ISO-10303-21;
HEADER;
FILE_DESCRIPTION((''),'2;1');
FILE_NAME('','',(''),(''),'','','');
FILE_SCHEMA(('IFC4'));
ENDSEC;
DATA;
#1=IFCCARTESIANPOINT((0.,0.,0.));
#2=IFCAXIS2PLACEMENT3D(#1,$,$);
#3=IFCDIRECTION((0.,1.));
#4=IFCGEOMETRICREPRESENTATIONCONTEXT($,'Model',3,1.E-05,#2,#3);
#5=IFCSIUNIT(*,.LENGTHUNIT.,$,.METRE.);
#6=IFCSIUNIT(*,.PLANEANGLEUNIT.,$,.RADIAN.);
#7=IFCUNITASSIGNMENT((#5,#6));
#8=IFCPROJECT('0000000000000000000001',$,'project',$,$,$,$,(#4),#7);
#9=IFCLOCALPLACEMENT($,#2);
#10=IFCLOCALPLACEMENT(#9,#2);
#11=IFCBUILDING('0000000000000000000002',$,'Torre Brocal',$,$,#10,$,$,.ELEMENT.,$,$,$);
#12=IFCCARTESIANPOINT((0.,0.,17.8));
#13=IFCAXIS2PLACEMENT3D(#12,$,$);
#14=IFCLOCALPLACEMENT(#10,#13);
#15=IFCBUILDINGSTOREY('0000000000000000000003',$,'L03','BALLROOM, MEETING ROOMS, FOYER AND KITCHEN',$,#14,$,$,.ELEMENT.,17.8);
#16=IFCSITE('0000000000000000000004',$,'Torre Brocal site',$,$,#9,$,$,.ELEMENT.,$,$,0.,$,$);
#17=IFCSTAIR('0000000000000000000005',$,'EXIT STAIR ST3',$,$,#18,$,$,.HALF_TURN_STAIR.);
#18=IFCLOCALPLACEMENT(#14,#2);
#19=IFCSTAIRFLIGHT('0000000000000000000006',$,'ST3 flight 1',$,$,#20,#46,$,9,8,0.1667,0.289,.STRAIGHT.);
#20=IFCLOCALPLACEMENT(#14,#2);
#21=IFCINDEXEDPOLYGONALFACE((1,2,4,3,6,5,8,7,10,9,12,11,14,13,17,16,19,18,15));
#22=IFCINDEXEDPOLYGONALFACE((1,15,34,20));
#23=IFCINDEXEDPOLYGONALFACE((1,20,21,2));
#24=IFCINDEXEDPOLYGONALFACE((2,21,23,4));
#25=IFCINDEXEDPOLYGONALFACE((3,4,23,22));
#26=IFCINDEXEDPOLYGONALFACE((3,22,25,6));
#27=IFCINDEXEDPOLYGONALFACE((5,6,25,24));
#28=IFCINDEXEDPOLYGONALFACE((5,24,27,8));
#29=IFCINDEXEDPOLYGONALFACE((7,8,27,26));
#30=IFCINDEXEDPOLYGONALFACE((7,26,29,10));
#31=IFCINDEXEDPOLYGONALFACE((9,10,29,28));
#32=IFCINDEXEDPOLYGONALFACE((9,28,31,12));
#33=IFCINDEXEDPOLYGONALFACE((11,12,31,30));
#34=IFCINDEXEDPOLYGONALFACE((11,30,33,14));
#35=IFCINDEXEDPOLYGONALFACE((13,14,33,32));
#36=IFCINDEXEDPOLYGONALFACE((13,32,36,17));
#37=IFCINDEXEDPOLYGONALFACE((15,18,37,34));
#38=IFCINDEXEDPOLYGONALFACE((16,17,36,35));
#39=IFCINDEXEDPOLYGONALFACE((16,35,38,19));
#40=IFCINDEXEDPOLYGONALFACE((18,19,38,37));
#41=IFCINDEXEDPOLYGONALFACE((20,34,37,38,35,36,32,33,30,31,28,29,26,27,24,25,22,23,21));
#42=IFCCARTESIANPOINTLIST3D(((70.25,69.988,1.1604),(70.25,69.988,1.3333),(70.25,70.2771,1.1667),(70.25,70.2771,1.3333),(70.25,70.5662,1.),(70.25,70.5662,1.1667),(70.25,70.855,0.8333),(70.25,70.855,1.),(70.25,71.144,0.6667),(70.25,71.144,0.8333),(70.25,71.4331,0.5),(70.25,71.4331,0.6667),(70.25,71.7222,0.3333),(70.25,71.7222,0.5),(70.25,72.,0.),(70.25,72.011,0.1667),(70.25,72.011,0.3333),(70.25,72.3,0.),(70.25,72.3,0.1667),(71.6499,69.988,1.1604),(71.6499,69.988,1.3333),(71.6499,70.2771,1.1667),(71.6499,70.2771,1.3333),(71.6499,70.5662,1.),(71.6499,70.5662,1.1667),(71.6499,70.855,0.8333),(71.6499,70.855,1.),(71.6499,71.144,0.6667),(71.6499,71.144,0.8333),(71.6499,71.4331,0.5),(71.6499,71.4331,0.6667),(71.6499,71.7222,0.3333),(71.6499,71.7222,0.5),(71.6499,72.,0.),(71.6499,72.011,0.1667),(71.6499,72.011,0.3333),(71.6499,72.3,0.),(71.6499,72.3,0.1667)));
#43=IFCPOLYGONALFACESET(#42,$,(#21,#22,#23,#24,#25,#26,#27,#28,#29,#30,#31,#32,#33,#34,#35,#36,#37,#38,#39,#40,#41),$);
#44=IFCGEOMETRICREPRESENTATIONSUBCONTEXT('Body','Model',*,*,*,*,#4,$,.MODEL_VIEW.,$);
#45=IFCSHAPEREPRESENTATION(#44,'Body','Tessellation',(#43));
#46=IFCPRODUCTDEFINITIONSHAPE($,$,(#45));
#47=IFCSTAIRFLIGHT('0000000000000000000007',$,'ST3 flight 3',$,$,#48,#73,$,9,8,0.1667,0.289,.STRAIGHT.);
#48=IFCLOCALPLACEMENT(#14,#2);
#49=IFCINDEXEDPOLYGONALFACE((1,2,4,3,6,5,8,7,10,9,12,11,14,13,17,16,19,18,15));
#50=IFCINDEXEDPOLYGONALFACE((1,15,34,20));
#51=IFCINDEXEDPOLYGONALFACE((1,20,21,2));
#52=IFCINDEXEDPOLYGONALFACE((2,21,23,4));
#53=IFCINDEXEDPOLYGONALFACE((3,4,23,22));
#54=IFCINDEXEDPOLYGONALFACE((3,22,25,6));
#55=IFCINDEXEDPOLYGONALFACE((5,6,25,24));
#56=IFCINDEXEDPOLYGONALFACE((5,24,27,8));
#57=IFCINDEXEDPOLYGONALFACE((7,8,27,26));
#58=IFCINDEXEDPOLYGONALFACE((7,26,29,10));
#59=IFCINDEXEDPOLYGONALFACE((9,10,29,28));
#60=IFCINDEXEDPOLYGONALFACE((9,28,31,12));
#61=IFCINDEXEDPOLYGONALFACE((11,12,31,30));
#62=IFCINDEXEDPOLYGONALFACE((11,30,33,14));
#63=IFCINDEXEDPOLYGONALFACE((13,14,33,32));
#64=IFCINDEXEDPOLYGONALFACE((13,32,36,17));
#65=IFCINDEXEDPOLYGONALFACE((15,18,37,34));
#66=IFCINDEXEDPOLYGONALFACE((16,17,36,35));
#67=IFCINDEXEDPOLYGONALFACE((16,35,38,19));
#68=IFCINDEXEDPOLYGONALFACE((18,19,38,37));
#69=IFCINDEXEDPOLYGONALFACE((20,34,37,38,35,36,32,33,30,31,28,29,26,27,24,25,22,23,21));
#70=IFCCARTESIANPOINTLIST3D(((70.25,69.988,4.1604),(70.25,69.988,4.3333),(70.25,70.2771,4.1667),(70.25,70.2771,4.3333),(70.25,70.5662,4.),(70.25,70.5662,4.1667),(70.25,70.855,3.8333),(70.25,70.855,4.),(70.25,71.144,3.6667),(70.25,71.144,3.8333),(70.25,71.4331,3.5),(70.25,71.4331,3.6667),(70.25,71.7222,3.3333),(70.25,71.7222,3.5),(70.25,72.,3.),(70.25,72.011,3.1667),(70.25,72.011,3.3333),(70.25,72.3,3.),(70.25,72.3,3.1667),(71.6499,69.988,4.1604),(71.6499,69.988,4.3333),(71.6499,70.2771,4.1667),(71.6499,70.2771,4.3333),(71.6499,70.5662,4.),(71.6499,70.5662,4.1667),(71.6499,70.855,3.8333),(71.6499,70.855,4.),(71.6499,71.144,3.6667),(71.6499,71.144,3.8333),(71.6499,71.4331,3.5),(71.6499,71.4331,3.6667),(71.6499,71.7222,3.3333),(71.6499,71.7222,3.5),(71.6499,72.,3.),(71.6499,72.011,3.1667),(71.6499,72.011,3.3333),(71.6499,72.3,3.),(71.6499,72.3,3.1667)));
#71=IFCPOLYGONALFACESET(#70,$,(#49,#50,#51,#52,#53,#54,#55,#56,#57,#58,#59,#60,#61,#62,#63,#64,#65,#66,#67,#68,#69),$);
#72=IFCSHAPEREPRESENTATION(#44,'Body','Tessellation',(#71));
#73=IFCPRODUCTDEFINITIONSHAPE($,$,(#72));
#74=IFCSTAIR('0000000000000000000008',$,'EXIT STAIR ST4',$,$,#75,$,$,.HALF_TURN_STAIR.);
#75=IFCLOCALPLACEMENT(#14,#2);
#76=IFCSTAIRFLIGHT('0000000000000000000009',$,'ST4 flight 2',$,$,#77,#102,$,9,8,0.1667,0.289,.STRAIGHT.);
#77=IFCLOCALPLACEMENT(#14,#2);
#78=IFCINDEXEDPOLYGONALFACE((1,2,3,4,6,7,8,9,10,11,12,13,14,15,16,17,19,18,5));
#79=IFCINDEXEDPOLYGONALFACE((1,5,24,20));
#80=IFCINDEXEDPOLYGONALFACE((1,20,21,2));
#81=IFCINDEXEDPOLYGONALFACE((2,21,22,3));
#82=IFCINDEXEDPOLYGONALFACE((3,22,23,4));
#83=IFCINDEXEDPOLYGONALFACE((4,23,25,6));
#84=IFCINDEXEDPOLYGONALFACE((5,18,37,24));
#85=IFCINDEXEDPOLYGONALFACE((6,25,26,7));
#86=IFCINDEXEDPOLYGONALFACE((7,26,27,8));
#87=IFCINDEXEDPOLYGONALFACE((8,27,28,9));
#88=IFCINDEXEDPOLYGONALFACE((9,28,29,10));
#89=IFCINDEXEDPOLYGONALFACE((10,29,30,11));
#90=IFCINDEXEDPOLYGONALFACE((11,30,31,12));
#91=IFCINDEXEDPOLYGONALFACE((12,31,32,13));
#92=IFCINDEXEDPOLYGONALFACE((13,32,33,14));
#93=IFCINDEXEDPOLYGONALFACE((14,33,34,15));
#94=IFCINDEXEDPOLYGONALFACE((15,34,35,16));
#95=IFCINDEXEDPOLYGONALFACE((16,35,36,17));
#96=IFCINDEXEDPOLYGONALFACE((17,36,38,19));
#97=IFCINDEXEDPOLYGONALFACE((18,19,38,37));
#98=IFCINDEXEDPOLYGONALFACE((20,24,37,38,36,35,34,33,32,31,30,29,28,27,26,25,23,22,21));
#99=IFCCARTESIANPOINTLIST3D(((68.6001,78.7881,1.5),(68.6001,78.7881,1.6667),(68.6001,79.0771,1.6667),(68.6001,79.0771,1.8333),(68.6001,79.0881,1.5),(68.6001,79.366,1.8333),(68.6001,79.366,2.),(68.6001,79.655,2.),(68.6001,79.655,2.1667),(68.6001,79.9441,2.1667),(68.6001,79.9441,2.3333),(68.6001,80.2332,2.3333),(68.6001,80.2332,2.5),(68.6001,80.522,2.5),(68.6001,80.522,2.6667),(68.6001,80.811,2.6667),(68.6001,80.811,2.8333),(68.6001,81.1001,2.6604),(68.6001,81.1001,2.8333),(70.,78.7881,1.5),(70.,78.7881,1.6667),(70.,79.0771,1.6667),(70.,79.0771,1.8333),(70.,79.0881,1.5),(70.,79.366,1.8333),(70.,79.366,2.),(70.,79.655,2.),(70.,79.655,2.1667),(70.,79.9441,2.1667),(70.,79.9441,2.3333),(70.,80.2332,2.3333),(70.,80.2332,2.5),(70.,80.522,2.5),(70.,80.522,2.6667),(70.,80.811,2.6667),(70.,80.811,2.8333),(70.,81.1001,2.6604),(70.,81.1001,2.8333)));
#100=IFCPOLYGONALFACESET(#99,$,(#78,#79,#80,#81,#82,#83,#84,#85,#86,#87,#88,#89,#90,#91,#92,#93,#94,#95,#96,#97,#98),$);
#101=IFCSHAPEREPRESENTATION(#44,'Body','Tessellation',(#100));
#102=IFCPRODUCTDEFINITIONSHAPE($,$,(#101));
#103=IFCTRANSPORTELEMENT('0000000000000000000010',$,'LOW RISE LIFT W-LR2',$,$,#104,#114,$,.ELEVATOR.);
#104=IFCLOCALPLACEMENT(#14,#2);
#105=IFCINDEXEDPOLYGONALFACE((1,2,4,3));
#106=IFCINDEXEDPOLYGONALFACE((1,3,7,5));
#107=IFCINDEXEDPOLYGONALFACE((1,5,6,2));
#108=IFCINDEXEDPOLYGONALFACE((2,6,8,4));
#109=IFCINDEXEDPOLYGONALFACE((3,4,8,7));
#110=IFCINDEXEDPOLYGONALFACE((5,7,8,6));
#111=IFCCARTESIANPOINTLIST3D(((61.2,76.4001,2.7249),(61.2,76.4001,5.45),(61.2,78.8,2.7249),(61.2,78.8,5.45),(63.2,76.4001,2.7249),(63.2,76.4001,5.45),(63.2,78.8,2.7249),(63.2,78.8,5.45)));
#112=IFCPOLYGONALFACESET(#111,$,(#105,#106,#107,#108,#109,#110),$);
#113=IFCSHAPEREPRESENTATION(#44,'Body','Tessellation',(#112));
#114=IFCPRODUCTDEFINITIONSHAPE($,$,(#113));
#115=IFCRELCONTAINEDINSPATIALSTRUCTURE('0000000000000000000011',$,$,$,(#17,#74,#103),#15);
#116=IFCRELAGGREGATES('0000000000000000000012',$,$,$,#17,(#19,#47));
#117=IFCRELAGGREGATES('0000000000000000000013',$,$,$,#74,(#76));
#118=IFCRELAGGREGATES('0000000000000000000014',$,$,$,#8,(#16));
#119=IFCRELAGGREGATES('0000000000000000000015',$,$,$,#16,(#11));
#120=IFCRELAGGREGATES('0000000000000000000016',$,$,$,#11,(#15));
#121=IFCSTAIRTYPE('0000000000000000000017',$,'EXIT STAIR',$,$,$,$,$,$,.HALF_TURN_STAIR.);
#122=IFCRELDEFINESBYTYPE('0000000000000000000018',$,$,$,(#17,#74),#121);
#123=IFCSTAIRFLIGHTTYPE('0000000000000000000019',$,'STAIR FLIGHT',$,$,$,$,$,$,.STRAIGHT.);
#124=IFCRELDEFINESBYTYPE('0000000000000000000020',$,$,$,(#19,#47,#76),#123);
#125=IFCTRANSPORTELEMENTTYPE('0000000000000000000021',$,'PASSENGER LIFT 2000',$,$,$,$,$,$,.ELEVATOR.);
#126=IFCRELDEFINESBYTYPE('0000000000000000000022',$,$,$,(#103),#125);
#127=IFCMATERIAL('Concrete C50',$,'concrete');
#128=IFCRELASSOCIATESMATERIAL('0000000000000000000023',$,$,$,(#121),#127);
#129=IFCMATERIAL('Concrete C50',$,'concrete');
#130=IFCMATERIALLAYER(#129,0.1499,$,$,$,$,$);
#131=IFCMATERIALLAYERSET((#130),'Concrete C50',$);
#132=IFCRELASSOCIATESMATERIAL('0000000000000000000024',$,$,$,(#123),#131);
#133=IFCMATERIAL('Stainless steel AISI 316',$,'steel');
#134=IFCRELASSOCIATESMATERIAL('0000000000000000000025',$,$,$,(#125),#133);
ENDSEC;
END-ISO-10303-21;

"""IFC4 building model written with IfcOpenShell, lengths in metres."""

from ifc_helpers import new_model, si_unit, direction, frame, origin, origin_2d, place, context, subcontext, project, spatial, polyline, rectangle, outline, extrude, material, layer, layer_set, type_object, element, aggregate, save


model = new_model("IFC4")

# Units and contexts
model_context = context("Model", 3, precision=1e-05, world=origin(), true_north=direction((0.0, 1.0)))
body_context = subcontext(model_context, "Body", "Model", "MODEL_VIEW")
ifc_project = project(units=[si_unit("LENGTHUNIT", "METRE"), si_unit("PLANEANGLEUNIT", "RADIAN")], contexts=[model_context])

# Site, building, storey
site_placement = place(None, origin())
site = spatial("IfcSite", under=ifc_project, at=site_placement, Name="Torre Brocal site", CompositionType="ELEMENT", RefElevation=0.0)
building_placement = place(site_placement, origin())
building = spatial("IfcBuilding", under=site, at=building_placement, Name="Torre Brocal", CompositionType="ELEMENT")
storey_placement = place(building_placement, frame((0.0, 0.0, 17.8)))
storey = spatial("IfcBuildingStorey", under=building, at=storey_placement, Name="L03", Description="BALLROOM, MEETING ROOMS, FOYER AND KITCHEN", CompositionType="ELEMENT", Elevation=17.8)

# Stair, stair flights
ifc_material_1 = material(Name="Concrete C50", Category="concrete")
stair_type = type_object("IfcStairType", Name="EXIT STAIR", PredefinedType="HALF_TURN_STAIR", material=ifc_material_1)
stair_1_placement = place(storey_placement, origin())
stair_1 = element("IfcStair", 1, at=stair_1_placement, inside=storey, type_object=stair_type, Name="EXIT STAIR ST3", PredefinedType="HALF_TURN_STAIR")
ifc_material_2 = material(Name="Concrete C50", Category="concrete")
ifc_layer_1 = layer(ifc_material_2, 0.1499)
ifc_layer_set_1 = layer_set([ifc_layer_1], Name="Concrete C50")
stair_flight_type = type_object("IfcStairFlightType", Name="STAIR FLIGHT", PredefinedType="STRAIGHT", material=ifc_layer_set_1)
stair_flight_1_placement = place(storey_placement, frame((70.95, 72.3, 0.0), z_axis=(0.0, 0.0, 1.0), x_axis=(0.0, -1.0, 0.0)))
stair_flight_1 = element("IfcStairFlight", 2, at=stair_flight_1_placement, type_object=stair_flight_type, Name="ST3 flight 1", NumberOfRisers=9, NumberOfTreads=8, PredefinedType="STRAIGHT", RiserHeight=0.1667, TreadLength=0.289, context=body_context, shape_type="SweptSolid", body=[
    extrude(outline(polyline([(0.0, 0.0), (0.0, 0.1667), (0.2891, 0.1667), (0.2891, 0.3333), (0.5779, 0.3333), (0.5779, 0.5), (0.8669, 0.5), (0.8669, 0.6667), (1.156, 0.6667), (1.156, 0.8333), (1.4451, 0.8333), (1.4451, 1.0), (1.7339, 1.0), (1.7339, 1.1667), (2.0229, 1.1667), (2.0229, 1.3333), (2.312, 1.3333), (2.312, 1.5), (2.312, 1.1604), (0.3, 0.0), (0.0, 0.0)])), frame((0.0, 0.7, 0.0), z_axis=(0.0, -1.0, 0.0), x_axis=(1.0, 0.0, 0.0)), (0.0, 0.0, 1.0), 1.3999),
])
stair_flight_2_placement = place(storey_placement, frame((70.95, 72.3, 3.0), z_axis=(0.0, 0.0, 1.0), x_axis=(0.0, -1.0, 0.0)))
stair_flight_2 = element("IfcStairFlight", 3, at=stair_flight_2_placement, type_object=stair_flight_type, Name="ST3 flight 3", NumberOfRisers=9, NumberOfTreads=8, PredefinedType="STRAIGHT", RiserHeight=0.1667, TreadLength=0.289, context=body_context, shape_type="SweptSolid", body=[
    extrude(outline(polyline([(0.0, 0.0), (0.0, 0.1667), (0.2891, 0.1667), (0.2891, 0.3333), (0.5779, 0.3333), (0.5779, 0.5), (0.8669, 0.5), (0.8669, 0.6667), (1.156, 0.6667), (1.156, 0.8333), (1.4451, 0.8333), (1.4451, 1.0), (1.7339, 1.0), (1.7339, 1.1667), (2.0229, 1.1667), (2.0229, 1.3333), (2.312, 1.3333), (2.312, 1.5), (2.312, 1.1604), (0.3, 0.0), (0.0, 0.0)])), frame((0.0, 0.7, 0.0), z_axis=(0.0, -1.0, 0.0), x_axis=(1.0, 0.0, 0.0)), (0.0, 0.0, 1.0), 1.3999),
])
aggregate(stair_1, [stair_flight_1, stair_flight_2])

# Stair, stair flight
stair_2_placement = place(storey_placement, origin())
stair_2 = element("IfcStair", 4, at=stair_2_placement, inside=storey, type_object=stair_type, Name="EXIT STAIR ST4", PredefinedType="HALF_TURN_STAIR")
stair_flight_3_placement = place(storey_placement, frame((69.3, 78.7881, 1.5), z_axis=(0.0, 0.0, 1.0), x_axis=(0.0, 1.0, 0.0)))
stair_flight_3 = element("IfcStairFlight", 5, at=stair_flight_3_placement, type_object=stair_flight_type, Name="ST4 flight 2", NumberOfRisers=9, NumberOfTreads=8, PredefinedType="STRAIGHT", RiserHeight=0.1667, TreadLength=0.289, context=body_context, shape_type="SweptSolid", body=[
    extrude(outline(polyline([(0.0, 0.0), (0.0, 0.1667), (0.2891, 0.1667), (0.2891, 0.3333), (0.5779, 0.3333), (0.5779, 0.5), (0.8669, 0.5), (0.8669, 0.6667), (1.156, 0.6667), (1.156, 0.8333), (1.4451, 0.8333), (1.4451, 1.0), (1.7339, 1.0), (1.7339, 1.1667), (2.0229, 1.1667), (2.0229, 1.3333), (2.312, 1.3333), (2.312, 1.5), (2.312, 1.1604), (0.3, 0.0), (0.0, 0.0)])), frame((0.0, 0.7, 0.0), z_axis=(0.0, -1.0, 0.0), x_axis=(1.0, 0.0, 0.0)), (0.0, 0.0, 1.0), 1.3999),
])
aggregate(stair_2, [stair_flight_3])

# Transport element
ifc_material_3 = material(Name="Stainless steel AISI 316", Category="steel")
transport_element_type = type_object("IfcTransportElementType", Name="PASSENGER LIFT 2000", PredefinedType="ELEVATOR", material=ifc_material_3)
transport_element_placement = place(storey_placement, frame((62.2, 77.6001, 2.7249), z_axis=(0.0, 0.0, 1.0), x_axis=(1.0, 0.0, 0.0)))
element("IfcTransportElement", 6, at=transport_element_placement, inside=storey, type_object=transport_element_type, Name="LOW RISE LIFT W-LR2", PredefinedType="ELEVATOR", context=body_context, shape_type="SweptSolid", body=[
    extrude(rectangle(XDim=2.0, YDim=2.3999, at=origin_2d()), origin(), (0.0, 0.0, 1.0), 2.7251),
])

save(model, "model.ifc")
